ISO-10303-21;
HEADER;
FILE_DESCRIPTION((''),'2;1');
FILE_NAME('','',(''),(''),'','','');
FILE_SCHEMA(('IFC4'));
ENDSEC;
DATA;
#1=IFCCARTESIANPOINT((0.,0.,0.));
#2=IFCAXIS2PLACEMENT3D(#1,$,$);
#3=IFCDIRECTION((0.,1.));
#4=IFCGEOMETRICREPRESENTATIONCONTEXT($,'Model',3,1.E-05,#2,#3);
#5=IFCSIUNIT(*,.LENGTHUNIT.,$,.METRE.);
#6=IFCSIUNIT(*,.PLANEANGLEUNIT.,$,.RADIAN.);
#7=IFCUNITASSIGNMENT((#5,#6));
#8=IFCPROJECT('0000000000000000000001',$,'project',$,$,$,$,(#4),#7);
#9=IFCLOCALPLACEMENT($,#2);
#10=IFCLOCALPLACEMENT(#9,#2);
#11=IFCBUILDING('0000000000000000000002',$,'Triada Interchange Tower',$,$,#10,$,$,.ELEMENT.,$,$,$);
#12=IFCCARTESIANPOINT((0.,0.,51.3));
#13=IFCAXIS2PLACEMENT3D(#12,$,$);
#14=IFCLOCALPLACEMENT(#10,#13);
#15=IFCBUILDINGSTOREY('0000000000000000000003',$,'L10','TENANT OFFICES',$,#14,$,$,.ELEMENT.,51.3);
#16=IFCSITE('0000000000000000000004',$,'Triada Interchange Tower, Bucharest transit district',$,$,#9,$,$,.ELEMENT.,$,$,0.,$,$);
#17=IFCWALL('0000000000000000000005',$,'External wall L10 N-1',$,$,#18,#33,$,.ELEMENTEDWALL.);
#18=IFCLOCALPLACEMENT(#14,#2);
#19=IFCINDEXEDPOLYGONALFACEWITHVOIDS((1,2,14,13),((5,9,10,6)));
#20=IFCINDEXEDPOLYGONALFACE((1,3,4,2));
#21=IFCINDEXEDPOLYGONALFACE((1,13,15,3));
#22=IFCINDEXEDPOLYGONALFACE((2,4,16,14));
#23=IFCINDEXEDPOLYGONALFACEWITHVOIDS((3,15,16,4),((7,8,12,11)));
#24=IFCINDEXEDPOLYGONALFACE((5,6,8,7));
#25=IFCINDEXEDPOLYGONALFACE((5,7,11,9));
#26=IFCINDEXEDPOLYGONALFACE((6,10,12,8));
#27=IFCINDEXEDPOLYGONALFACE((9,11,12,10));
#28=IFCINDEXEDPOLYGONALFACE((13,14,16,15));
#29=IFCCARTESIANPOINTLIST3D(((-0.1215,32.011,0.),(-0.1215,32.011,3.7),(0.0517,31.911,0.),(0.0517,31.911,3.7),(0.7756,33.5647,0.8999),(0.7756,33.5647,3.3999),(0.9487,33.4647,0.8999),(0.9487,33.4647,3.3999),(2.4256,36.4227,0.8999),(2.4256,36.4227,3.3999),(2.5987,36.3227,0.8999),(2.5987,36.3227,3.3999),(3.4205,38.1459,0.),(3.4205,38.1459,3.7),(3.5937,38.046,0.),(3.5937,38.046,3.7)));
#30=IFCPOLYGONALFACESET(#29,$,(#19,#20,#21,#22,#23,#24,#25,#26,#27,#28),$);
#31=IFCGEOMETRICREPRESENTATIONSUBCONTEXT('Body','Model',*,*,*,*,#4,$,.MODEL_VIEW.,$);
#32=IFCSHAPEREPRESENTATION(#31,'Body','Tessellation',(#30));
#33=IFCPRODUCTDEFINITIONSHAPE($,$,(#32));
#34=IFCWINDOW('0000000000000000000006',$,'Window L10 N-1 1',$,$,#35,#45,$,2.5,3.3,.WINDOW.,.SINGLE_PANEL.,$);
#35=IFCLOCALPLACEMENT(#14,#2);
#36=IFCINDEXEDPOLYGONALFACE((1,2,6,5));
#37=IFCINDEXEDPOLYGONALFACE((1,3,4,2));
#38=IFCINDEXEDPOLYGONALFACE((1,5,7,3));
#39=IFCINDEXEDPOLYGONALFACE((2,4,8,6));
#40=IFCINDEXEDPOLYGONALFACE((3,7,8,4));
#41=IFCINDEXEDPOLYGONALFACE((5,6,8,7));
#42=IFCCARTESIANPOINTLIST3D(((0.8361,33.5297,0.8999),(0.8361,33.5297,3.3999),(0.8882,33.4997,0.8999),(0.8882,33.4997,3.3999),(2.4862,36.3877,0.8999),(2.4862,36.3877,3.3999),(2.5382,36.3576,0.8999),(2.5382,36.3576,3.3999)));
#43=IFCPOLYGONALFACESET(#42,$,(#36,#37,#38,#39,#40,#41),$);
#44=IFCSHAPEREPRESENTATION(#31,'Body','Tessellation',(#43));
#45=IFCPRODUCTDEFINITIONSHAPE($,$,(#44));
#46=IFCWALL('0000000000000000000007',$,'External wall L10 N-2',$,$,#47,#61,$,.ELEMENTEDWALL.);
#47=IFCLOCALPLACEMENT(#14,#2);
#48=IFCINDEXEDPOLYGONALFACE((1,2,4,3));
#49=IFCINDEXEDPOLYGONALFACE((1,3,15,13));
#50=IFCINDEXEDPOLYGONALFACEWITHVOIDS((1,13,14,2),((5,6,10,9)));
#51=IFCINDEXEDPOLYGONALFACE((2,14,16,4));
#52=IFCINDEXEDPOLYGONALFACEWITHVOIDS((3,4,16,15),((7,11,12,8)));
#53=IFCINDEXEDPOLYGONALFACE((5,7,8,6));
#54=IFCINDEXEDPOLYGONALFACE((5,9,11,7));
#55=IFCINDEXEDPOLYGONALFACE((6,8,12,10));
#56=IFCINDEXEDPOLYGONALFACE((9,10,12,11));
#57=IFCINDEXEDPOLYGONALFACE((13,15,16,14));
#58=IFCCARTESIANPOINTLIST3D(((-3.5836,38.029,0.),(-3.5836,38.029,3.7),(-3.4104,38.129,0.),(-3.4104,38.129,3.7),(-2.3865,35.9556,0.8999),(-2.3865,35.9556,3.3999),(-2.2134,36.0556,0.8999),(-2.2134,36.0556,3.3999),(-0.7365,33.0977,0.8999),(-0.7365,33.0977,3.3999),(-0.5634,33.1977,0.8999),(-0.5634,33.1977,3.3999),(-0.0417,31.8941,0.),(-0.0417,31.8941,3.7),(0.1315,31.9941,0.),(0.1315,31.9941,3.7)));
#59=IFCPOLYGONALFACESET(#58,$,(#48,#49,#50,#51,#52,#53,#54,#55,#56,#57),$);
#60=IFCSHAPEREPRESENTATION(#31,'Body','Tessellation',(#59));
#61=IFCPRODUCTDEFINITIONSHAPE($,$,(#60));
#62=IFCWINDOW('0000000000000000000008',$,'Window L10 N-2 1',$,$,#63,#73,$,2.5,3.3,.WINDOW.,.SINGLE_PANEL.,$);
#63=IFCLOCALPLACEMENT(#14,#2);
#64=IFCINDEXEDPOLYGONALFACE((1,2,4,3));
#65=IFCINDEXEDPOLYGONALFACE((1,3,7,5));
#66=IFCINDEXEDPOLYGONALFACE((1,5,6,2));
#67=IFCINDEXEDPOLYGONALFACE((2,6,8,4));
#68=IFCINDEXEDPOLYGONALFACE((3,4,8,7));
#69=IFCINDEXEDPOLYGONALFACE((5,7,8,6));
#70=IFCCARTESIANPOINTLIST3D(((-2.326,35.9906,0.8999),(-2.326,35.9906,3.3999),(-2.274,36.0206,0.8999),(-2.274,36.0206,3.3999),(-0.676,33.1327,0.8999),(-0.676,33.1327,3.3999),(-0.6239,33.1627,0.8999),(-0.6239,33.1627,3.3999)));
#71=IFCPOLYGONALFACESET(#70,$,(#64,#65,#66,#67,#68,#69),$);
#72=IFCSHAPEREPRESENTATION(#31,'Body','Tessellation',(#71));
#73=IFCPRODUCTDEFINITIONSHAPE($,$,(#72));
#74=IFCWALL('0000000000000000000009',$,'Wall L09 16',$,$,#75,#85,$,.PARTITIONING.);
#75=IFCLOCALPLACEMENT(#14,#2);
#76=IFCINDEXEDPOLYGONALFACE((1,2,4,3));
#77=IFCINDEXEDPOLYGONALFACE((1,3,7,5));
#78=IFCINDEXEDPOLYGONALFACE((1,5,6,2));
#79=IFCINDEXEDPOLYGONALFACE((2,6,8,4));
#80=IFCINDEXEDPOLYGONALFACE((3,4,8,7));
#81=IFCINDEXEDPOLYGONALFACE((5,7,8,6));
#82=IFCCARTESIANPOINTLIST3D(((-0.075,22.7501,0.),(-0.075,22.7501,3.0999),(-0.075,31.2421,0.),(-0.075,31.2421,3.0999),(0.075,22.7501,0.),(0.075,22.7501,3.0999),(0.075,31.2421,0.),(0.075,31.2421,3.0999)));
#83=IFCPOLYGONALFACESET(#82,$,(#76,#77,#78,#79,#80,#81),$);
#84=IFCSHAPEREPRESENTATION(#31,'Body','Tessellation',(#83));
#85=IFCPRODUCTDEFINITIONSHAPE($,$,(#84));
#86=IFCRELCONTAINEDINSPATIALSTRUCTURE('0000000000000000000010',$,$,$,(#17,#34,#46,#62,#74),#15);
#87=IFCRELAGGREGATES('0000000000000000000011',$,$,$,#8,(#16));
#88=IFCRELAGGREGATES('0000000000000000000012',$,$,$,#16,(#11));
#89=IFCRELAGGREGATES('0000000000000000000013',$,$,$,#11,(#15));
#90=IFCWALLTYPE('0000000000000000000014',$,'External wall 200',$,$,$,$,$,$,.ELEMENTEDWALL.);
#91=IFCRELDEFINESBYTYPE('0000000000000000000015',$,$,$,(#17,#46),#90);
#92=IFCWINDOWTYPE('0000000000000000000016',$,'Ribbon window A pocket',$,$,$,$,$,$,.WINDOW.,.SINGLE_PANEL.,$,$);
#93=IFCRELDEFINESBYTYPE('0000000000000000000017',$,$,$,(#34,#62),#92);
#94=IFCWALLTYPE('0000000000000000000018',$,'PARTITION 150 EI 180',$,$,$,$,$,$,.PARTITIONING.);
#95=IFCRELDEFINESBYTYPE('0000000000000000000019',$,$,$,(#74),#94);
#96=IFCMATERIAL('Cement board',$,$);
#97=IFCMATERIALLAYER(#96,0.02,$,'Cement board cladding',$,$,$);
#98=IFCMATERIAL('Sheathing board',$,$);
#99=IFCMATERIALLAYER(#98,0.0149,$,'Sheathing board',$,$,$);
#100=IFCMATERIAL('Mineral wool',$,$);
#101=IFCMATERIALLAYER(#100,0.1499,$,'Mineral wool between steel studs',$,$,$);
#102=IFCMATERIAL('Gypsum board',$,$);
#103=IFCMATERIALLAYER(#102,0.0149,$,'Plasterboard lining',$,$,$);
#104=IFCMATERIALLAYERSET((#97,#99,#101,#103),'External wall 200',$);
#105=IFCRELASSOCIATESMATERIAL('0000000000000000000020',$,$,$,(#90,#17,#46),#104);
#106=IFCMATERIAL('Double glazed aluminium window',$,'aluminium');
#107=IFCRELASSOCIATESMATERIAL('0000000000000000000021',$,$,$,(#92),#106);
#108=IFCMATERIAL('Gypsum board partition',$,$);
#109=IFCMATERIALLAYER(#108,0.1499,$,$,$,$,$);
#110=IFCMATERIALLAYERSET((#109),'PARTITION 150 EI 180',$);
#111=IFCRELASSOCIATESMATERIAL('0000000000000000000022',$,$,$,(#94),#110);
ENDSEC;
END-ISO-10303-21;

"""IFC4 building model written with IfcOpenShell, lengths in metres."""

from ifc_helpers import new_model, si_unit, direction, frame, frame_2d, origin, place, context, subcontext, project, spatial, rectangle, extrude, material, layer, layer_set, layer_usage, type_object, element, fill, save


model = new_model("IFC4")

# Units and contexts
model_context = context("Model", 3, precision=1e-05, world=origin(), true_north=direction((0.0, 1.0)))
body_context = subcontext(model_context, "Body", "Model", "MODEL_VIEW")
ifc_project = project(units=[si_unit("LENGTHUNIT", "METRE"), si_unit("PLANEANGLEUNIT", "RADIAN")], contexts=[model_context])

# Site, building, storey
site_placement = place(None, origin())
site = spatial("IfcSite", under=ifc_project, at=site_placement, Name="Triada Interchange Tower, Bucharest transit district", CompositionType="ELEMENT", RefElevation=0.0)
building_placement = place(site_placement, origin())
building = spatial("IfcBuilding", under=site, at=building_placement, Name="Triada Interchange Tower", CompositionType="ELEMENT")
storey_placement = place(building_placement, frame((0.0, 0.0, 51.3)))
storey = spatial("IfcBuildingStorey", under=building, at=storey_placement, Name="L10", Description="TENANT OFFICES", CompositionType="ELEMENT", Elevation=51.3)

# Walls, openings, windows
ifc_material_1 = material(Name="Cement board")
ifc_layer_1 = layer(ifc_material_1, 0.02, Name="Cement board cladding")
ifc_material_2 = material(Name="Sheathing board")
ifc_layer_2 = layer(ifc_material_2, 0.0149, Name="Sheathing board")
ifc_material_3 = material(Name="Mineral wool")
ifc_layer_3 = layer(ifc_material_3, 0.1499, Name="Mineral wool between steel studs")
ifc_material_4 = material(Name="Gypsum board")
ifc_layer_4 = layer(ifc_material_4, 0.0149, Name="Plasterboard lining")
ifc_layer_set_1 = layer_set([ifc_layer_1, ifc_layer_2, ifc_layer_3, ifc_layer_4], Name="External wall 200")
ifc_layer_usage = layer_usage(ifc_layer_set_1, "AXIS2", "POSITIVE", -0.1001)
wall_type_1 = type_object("IfcWallType", Name="External wall 200", PredefinedType="ELEMENTEDWALL", material=ifc_layer_set_1)
wall_1_placement = place(storey_placement, frame((3.5071, 38.0959, 0.0), z_axis=(0.0, 0.0, 1.0), x_axis=(-0.499994, -0.866029, 0.0)))
wall_1 = element("IfcWall", 1, at=wall_1_placement, inside=storey, type_object=wall_type_1, material=ifc_layer_usage, Name="External wall L10 N-1", PredefinedType="ELEMENTEDWALL", context=body_context, shape_type="SweptSolid", body=[
    extrude(rectangle(XDim=7.084, YDim=0.2, at=frame_2d((3.542, 0.0))), origin(), (0.0, 0.0, 1.0), 3.7),
])
opening_1_placement = place(wall_1_placement, frame((1.99, 0.0, 0.8999)))
opening_1 = element("IfcOpeningElement", 2, at=opening_1_placement, cuts=wall_1, PredefinedType="OPENING", context=body_context, shape_type="SweptSolid", body=[
    extrude(rectangle(XDim=3.3, YDim=2.5, at=frame_2d((1.6499, 1.25))), frame((0.0, 0.1099, 0.0), z_axis=(0.0, -1.0, 0.0), x_axis=(1.0, 0.0, 0.0)), (0.0, 0.0, 1.0), 0.22),
])
ifc_material_5 = material(Name="Double glazed aluminium window", Category="aluminium")
window_type = type_object("IfcWindowType", Name="Ribbon window A pocket", PartitioningType="SINGLE_PANEL", PredefinedType="WINDOW", material=ifc_material_5)
window_1_placement = place(opening_1_placement, origin())
window_1 = element("IfcWindow", 3, at=window_1_placement, inside=storey, type_object=window_type, Name="Window L10 N-1 1", OverallHeight=2.5, OverallWidth=3.3, PartitioningType="SINGLE_PANEL", PredefinedType="WINDOW", context=body_context, shape_type="SweptSolid", body=[
    extrude(rectangle(XDim=3.3, YDim=2.5, at=frame_2d((1.6499, 1.25))), frame((0.0, 0.03, 0.0), z_axis=(0.0, -1.0, 0.0), x_axis=(1.0, 0.0, 0.0)), (0.0, 0.0, 1.0), 0.0601),
])
fill(opening_1, window_1)
wall_2_placement = place(storey_placement, frame((0.0449, 31.9441, 0.0), z_axis=(0.0, 0.0, 1.0), x_axis=(-0.499994, 0.866029, 0.0)))
wall_2 = element("IfcWall", 4, at=wall_2_placement, inside=storey, type_object=wall_type_1, material=ifc_layer_usage, Name="External wall L10 N-2", PredefinedType="ELEMENTEDWALL", context=body_context, shape_type="SweptSolid", body=[
    extrude(rectangle(XDim=7.084, YDim=0.2, at=frame_2d((3.542, 0.0))), origin(), (0.0, 0.0, 1.0), 3.7),
])
opening_2_placement = place(wall_2_placement, frame((1.3899, 0.0, 0.8999)))
opening_2 = element("IfcOpeningElement", 5, at=opening_2_placement, cuts=wall_2, PredefinedType="OPENING", context=body_context, shape_type="SweptSolid", body=[
    extrude(rectangle(XDim=3.3, YDim=2.5, at=frame_2d((1.6499, 1.25))), frame((0.0, 0.1099, 0.0), z_axis=(0.0, -1.0, 0.0), x_axis=(1.0, 0.0, 0.0)), (0.0, 0.0, 1.0), 0.22),
])
window_2_placement = place(opening_2_placement, origin())
window_2 = element("IfcWindow", 6, at=window_2_placement, inside=storey, type_object=window_type, Name="Window L10 N-2 1", OverallHeight=2.5, OverallWidth=3.3, PartitioningType="SINGLE_PANEL", PredefinedType="WINDOW", context=body_context, shape_type="SweptSolid", body=[
    extrude(rectangle(XDim=3.3, YDim=2.5, at=frame_2d((1.6499, 1.25))), frame((0.0, 0.03, 0.0), z_axis=(0.0, -1.0, 0.0), x_axis=(1.0, 0.0, 0.0)), (0.0, 0.0, 1.0), 0.0601),
])
fill(opening_2, window_2)

# Wall
ifc_material_6 = material(Name="Gypsum board partition")
ifc_layer_5 = layer(ifc_material_6, 0.1499)
ifc_layer_set_2 = layer_set([ifc_layer_5], Name="PARTITION 150 EI 180")
wall_type_2 = type_object("IfcWallType", Name="PARTITION 150 EI 180", PredefinedType="PARTITIONING", material=ifc_layer_set_2)
wall_3_placement = place(storey_placement, frame((0.0, 22.75, 0.0), z_axis=(0.0, 0.0, 1.0), x_axis=(0.0, 1.0, 0.0)))
element("IfcWall", 7, at=wall_3_placement, inside=storey, type_object=wall_type_2, Name="Wall L09 16", PredefinedType="PARTITIONING", context=body_context, shape_type="SweptSolid", body=[
    extrude(rectangle(XDim=8.4919, YDim=0.1499, at=frame_2d((4.2461, 0.0))), origin(), (0.0, 0.0, 1.0), 3.0999),
])

save(model, "model.ifc")
